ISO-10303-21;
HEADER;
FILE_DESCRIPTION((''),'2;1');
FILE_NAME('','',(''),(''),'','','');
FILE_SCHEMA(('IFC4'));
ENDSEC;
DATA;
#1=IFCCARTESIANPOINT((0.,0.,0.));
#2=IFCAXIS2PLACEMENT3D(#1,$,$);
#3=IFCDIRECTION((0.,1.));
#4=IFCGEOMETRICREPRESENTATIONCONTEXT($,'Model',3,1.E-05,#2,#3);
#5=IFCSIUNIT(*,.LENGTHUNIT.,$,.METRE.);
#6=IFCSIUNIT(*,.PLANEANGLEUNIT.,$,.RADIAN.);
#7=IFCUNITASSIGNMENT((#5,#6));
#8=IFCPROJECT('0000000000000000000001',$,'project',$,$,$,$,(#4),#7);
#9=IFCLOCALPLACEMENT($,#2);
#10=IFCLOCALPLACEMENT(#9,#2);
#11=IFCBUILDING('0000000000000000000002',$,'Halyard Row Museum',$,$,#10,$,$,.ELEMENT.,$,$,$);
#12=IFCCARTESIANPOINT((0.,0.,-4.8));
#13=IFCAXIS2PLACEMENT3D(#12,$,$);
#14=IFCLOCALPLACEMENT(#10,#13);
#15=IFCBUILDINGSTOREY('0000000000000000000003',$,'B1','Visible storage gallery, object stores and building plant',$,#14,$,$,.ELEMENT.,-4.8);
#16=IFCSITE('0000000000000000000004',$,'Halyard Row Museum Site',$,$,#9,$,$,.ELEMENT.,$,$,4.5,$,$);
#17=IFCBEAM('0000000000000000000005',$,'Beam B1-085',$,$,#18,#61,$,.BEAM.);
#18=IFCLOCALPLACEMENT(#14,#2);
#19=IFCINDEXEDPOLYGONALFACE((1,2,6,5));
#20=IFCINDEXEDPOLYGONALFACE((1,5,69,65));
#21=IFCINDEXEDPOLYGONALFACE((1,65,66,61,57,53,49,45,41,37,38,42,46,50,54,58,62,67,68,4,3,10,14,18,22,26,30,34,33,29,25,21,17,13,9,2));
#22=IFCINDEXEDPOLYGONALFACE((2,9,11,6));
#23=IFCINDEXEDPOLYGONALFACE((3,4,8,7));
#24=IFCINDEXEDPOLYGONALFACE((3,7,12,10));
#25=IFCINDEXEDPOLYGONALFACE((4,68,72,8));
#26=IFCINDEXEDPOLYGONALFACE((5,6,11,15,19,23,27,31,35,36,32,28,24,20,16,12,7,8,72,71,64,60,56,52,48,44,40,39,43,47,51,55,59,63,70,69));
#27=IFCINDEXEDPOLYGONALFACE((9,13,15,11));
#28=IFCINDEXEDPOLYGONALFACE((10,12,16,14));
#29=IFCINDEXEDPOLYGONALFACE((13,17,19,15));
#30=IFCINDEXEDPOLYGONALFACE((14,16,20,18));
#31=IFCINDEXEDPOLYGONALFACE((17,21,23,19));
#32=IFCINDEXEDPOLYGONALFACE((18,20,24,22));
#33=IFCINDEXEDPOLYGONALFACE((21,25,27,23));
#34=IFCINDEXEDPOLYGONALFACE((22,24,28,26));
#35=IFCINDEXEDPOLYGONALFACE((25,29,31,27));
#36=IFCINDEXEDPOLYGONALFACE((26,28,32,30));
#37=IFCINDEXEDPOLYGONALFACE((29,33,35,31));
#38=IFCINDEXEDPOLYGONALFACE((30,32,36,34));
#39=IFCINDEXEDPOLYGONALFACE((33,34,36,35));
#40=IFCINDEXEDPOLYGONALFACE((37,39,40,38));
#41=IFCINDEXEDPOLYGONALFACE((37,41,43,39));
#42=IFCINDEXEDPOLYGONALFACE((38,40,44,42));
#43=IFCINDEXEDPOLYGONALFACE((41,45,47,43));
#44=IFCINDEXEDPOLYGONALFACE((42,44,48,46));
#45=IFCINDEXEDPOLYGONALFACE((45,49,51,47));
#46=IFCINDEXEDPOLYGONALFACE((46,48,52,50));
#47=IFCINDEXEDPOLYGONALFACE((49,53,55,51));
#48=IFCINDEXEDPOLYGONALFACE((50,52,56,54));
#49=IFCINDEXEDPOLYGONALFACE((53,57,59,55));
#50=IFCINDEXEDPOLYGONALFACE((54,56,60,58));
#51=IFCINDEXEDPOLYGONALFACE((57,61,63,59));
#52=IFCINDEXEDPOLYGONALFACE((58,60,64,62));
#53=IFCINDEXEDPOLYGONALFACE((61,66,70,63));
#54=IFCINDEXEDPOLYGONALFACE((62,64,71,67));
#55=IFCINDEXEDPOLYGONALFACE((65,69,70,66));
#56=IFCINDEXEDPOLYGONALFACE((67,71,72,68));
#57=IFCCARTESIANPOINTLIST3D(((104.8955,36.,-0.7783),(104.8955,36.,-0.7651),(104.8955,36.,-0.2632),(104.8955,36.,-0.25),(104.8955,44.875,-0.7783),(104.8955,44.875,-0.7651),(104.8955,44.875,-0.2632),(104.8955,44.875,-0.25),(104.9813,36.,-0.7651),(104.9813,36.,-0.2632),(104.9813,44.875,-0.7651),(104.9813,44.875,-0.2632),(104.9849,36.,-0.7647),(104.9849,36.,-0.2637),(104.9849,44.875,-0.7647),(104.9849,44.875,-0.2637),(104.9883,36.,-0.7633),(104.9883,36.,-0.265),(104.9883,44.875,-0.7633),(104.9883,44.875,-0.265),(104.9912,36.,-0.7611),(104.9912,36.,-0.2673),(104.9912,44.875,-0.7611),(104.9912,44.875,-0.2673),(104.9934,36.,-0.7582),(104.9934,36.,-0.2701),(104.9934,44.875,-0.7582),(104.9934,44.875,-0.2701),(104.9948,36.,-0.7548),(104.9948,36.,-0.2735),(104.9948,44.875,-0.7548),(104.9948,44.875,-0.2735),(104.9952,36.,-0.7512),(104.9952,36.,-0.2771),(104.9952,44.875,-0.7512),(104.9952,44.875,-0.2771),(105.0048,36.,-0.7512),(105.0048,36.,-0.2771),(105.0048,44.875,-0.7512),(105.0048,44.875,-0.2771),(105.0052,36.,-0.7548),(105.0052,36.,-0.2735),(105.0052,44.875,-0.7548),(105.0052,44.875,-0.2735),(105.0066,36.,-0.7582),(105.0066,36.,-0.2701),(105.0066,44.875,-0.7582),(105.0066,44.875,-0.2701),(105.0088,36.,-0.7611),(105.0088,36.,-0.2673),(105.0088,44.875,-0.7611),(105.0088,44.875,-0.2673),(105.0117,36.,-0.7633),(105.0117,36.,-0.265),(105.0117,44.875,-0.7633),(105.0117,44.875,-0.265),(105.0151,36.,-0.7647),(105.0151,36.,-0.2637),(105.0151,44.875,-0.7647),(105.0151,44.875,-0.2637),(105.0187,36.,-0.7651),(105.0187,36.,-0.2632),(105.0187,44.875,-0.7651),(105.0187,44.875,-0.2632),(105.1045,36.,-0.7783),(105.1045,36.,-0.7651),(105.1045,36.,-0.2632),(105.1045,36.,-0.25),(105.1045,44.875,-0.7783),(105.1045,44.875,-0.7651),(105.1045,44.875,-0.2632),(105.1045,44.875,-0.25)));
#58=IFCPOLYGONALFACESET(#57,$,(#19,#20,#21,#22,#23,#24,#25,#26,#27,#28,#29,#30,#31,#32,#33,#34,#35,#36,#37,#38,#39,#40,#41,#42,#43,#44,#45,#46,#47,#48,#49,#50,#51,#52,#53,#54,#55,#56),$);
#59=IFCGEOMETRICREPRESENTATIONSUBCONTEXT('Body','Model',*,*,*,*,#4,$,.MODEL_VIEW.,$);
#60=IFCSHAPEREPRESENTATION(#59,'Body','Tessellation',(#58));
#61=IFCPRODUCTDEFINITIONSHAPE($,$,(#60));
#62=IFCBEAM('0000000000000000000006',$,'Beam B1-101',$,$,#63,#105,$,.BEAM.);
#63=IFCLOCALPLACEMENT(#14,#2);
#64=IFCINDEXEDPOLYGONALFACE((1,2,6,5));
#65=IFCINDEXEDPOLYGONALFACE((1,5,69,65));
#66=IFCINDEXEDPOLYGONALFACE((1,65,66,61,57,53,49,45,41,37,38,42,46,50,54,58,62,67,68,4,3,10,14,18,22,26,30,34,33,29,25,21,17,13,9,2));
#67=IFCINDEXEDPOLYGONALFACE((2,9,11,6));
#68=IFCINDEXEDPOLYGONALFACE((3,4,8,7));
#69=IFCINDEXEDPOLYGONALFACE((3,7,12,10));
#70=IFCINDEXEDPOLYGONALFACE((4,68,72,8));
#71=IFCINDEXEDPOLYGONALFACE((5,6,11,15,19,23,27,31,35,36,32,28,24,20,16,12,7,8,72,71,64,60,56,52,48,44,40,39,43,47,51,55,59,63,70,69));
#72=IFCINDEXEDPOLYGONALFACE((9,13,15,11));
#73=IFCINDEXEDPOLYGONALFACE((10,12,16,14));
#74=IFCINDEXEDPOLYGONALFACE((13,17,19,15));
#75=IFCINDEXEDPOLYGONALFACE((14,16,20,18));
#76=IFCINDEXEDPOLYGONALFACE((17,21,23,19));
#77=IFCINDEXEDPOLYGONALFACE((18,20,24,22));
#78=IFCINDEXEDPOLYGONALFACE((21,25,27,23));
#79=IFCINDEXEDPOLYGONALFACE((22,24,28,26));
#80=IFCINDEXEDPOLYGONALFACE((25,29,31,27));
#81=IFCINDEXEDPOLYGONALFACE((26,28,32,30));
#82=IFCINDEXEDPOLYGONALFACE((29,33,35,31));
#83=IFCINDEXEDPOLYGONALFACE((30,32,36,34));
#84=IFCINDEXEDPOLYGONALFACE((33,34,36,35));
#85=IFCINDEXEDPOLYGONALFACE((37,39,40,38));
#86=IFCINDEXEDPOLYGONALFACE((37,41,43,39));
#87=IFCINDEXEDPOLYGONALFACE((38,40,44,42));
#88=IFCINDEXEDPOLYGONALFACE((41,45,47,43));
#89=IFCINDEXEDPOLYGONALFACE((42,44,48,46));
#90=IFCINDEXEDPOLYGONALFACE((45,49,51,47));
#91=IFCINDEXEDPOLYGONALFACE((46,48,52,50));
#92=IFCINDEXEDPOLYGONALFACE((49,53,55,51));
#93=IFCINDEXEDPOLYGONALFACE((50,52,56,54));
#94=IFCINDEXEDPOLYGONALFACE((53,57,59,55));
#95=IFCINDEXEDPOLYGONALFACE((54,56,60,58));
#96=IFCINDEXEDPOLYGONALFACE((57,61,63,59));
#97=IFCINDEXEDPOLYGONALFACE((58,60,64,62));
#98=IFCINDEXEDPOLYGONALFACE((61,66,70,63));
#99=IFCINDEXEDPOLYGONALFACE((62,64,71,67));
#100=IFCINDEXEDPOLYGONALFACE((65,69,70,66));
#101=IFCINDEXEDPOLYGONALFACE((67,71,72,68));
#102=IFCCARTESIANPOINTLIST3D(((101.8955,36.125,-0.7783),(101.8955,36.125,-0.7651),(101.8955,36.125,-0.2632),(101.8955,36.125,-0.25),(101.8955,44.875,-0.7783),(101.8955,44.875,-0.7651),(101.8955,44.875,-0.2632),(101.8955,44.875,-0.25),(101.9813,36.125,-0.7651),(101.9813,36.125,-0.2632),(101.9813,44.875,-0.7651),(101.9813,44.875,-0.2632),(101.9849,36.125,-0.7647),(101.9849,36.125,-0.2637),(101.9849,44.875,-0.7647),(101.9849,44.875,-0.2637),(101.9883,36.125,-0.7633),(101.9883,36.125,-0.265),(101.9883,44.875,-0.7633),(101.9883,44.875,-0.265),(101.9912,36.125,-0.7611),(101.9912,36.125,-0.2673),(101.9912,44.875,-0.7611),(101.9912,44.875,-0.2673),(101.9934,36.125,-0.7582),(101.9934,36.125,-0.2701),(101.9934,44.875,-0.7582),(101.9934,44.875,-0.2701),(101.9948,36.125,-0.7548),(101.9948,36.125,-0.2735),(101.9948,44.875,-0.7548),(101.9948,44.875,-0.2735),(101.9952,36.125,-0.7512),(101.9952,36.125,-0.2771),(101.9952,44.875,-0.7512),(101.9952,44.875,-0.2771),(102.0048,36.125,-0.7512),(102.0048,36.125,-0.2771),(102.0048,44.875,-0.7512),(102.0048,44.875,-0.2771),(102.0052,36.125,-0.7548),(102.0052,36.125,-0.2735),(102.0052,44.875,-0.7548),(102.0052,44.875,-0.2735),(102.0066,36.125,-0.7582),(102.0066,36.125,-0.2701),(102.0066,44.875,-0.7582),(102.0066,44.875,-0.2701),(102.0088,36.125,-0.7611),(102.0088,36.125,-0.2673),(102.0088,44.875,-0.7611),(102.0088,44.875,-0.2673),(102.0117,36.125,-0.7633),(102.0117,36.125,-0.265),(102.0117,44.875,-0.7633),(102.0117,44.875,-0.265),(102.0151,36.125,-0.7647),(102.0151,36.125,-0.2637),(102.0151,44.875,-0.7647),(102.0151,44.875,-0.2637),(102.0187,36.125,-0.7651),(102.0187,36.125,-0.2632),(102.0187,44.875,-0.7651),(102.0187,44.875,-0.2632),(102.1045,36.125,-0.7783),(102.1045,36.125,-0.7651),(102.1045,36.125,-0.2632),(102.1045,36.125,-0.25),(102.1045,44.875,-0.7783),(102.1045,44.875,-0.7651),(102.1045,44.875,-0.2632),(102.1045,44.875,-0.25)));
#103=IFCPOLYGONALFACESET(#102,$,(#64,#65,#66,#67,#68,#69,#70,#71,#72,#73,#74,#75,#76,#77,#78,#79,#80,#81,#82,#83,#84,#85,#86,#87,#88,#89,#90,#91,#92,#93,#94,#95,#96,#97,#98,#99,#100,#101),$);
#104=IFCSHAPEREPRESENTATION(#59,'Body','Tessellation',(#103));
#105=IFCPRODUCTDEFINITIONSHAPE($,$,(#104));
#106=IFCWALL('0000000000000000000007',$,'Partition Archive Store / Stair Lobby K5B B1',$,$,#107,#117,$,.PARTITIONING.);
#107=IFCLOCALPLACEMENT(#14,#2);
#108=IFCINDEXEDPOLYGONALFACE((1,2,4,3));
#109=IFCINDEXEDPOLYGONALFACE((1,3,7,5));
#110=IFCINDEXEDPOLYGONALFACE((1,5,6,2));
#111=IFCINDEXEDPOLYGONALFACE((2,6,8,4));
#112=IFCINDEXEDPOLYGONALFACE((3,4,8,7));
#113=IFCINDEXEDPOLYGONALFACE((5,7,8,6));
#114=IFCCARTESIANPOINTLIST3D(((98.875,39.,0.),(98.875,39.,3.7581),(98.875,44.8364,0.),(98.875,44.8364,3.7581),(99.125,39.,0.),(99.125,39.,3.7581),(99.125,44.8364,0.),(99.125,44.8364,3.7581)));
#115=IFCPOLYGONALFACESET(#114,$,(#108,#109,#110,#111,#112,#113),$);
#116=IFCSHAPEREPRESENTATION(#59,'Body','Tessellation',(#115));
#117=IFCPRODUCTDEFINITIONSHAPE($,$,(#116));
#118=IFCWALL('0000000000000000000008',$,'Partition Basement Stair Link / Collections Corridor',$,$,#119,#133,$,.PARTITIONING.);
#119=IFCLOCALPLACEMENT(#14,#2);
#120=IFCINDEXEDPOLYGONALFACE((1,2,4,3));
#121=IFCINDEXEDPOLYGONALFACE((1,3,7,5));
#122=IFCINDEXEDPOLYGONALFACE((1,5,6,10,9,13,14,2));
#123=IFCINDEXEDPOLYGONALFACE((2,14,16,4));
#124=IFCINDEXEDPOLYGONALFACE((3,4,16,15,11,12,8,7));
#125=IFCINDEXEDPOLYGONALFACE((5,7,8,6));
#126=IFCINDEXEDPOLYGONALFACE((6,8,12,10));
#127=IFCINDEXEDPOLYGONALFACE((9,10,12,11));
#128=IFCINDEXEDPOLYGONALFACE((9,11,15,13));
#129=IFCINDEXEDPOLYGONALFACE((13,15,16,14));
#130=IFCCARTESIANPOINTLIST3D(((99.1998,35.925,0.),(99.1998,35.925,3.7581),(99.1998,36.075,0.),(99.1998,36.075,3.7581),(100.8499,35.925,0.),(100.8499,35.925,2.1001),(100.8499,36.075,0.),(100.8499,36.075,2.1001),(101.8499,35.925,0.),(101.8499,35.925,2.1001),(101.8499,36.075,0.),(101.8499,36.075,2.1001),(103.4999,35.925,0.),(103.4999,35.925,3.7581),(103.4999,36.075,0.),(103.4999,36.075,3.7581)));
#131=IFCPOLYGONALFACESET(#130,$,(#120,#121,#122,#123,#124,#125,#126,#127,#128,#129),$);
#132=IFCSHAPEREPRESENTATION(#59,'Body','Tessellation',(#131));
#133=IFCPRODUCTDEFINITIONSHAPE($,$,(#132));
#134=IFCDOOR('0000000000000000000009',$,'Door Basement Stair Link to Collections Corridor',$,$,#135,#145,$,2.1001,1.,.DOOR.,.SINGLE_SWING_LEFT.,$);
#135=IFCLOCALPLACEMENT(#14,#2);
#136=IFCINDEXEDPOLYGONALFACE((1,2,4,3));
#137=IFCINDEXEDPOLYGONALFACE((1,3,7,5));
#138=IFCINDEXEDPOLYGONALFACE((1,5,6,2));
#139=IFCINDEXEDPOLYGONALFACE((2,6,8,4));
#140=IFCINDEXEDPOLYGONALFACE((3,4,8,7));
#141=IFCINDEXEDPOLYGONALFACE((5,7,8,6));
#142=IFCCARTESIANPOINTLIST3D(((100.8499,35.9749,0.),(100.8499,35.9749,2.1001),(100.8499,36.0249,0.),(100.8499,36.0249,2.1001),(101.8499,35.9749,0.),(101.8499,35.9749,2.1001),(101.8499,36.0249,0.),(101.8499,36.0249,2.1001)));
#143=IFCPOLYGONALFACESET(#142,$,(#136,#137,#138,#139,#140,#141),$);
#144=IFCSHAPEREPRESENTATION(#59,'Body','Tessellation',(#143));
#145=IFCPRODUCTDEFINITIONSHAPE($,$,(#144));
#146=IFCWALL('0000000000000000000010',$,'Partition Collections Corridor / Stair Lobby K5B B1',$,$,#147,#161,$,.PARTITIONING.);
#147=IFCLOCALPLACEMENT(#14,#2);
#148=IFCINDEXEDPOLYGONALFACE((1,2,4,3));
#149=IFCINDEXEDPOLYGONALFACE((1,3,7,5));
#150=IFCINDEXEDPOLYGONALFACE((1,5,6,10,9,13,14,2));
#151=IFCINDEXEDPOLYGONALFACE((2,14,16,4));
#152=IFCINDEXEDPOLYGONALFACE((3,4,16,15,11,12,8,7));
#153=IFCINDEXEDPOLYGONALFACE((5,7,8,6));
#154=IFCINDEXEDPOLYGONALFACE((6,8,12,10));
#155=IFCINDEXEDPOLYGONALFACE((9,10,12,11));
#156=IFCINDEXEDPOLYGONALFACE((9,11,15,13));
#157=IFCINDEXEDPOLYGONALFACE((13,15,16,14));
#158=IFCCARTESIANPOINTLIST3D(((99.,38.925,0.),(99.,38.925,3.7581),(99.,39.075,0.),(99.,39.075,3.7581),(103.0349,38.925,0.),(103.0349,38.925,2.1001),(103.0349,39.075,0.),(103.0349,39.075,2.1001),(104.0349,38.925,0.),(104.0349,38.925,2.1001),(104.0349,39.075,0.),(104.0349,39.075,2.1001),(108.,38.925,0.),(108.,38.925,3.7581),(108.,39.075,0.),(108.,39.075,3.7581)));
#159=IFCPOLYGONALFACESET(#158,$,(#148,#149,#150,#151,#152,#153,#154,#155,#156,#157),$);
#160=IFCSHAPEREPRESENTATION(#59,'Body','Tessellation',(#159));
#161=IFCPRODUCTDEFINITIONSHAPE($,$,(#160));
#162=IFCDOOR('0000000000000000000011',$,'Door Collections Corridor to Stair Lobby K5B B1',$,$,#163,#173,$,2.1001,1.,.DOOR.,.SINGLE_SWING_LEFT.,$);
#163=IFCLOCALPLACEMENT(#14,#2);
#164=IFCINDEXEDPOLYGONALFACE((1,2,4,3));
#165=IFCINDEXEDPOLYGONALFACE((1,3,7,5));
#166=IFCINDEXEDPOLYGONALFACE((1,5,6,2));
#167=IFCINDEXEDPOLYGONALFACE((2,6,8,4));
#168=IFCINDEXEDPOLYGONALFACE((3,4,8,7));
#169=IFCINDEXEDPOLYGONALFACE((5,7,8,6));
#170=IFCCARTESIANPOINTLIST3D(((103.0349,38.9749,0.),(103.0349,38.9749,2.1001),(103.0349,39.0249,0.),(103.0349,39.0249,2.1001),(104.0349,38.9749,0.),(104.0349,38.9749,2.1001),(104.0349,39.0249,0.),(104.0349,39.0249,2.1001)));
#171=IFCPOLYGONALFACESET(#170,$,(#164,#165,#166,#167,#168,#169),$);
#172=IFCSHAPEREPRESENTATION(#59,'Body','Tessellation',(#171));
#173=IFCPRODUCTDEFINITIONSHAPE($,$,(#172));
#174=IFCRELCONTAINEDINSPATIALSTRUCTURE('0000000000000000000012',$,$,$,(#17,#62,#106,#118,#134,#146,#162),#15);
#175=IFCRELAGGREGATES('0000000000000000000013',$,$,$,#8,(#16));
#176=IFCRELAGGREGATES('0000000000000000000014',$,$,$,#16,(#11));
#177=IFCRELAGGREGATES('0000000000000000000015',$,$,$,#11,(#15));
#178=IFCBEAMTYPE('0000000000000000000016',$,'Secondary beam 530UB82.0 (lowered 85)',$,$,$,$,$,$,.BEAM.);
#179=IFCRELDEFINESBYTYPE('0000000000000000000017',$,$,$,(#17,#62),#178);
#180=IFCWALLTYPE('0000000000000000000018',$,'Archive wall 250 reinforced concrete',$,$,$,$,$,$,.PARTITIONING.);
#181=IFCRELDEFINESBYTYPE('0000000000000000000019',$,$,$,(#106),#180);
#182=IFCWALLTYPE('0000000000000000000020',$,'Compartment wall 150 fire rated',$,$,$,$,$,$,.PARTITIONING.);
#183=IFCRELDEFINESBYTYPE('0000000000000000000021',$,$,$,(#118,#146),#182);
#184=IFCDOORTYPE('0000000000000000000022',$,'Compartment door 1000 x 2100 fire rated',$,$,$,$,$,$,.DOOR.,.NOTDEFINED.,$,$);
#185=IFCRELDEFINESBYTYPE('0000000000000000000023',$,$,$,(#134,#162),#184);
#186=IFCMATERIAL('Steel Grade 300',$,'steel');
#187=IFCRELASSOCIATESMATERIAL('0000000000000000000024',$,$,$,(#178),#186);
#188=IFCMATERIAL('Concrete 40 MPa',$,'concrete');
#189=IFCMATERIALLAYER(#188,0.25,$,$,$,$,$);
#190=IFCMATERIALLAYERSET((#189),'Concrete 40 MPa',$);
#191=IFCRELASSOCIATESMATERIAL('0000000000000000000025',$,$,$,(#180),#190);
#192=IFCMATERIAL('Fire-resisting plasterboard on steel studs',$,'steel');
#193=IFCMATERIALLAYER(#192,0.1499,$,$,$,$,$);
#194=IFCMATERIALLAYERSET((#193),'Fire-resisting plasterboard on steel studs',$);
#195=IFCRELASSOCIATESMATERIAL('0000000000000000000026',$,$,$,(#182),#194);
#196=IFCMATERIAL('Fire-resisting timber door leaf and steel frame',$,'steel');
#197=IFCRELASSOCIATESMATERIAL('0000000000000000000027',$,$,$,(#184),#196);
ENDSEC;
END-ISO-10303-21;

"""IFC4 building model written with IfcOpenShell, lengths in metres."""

from ifc_helpers import new_model, si_unit, direction, frame, frame_2d, origin, origin_2d, place, context, subcontext, project, spatial, rectangle, i_section, extrude, material, layer, layer_set, material_profile, profile_set, type_object, element, fill, save


model = new_model("IFC4")

# Units and contexts
model_context = context("Model", 3, precision=1e-05, world=origin(), true_north=direction((0.0, 1.0)))
body_context = subcontext(model_context, "Body", "Model", "MODEL_VIEW")
ifc_project = project(units=[si_unit("LENGTHUNIT", "METRE"), si_unit("PLANEANGLEUNIT", "RADIAN")], contexts=[model_context])

# Site, building, storey
site_placement = place(None, origin())
site = spatial("IfcSite", under=ifc_project, at=site_placement, Name="Halyard Row Museum Site", CompositionType="ELEMENT", RefElevation=4.5)
building_placement = place(site_placement, origin())
building = spatial("IfcBuilding", under=site, at=building_placement, Name="Halyard Row Museum", CompositionType="ELEMENT")
storey_placement = place(building_placement, frame((0.0, 0.0, -4.8)))
storey = spatial("IfcBuildingStorey", under=building, at=storey_placement, Name="B1", Description="Visible storage gallery, object stores and building plant", CompositionType="ELEMENT", Elevation=-4.8)

# Beams
ifc_material_1 = material(Name="Steel Grade 300", Category="steel")
ifc_material_profile_1 = material_profile(ifc_material_1, i_section(OverallWidth=0.209, OverallDepth=0.5283, WebThickness=0.0095, FlangeThickness=0.0132, FilletRadius=0.0139, at=origin_2d()), Name="530UB82.0")
ifc_profile_set_1 = profile_set([ifc_material_profile_1], Name="Steel Grade 300")
beam_type_1 = type_object("IfcBeamType", Name="Secondary beam 530UB82.0 (lowered 85)", PredefinedType="BEAM", material=ifc_profile_set_1)
beam_1_placement = place(storey_placement, frame((105.0, 36.0, -0.5142), z_axis=(0.0, 1.0, 0.0), x_axis=(-1.0, 0.0, 0.0)))
element("IfcBeam", 1, at=beam_1_placement, inside=storey, type_object=beam_type_1, Name="Beam B1-085", PredefinedType="BEAM", context=body_context, shape_type="SweptSolid", body=[
    extrude(i_section(OverallWidth=0.209, OverallDepth=0.5283, WebThickness=0.0095, FlangeThickness=0.0132, FilletRadius=0.0139, at=origin_2d()), origin(), (0.0, 0.0, 1.0), 8.875),
])
beam_2_placement = place(storey_placement, frame((102.0, 36.125, -0.5142), z_axis=(0.0, 1.0, 0.0), x_axis=(-1.0, 0.0, 0.0)))
element("IfcBeam", 2, at=beam_2_placement, inside=storey, type_object=beam_type_1, Name="Beam B1-101", PredefinedType="BEAM", context=body_context, shape_type="SweptSolid", body=[
    extrude(i_section(OverallWidth=0.209, OverallDepth=0.5283, WebThickness=0.0095, FlangeThickness=0.0132, FilletRadius=0.0139, at=origin_2d()), origin(), (0.0, 0.0, 1.0), 8.75),
])

# Wall
ifc_material_2 = material(Name="Concrete 40 MPa", Category="concrete")
ifc_layer_1 = layer(ifc_material_2, 0.25)
ifc_layer_set_1 = layer_set([ifc_layer_1], Name="Concrete 40 MPa")
wall_type_1 = type_object("IfcWallType", Name="Archive wall 250 reinforced concrete", PredefinedType="PARTITIONING", material=ifc_layer_set_1)
wall_1_placement = place(storey_placement, frame((99.0, 39.0, 0.0), z_axis=(0.0, 0.0, 1.0), x_axis=(0.0, 1.0, 0.0)))
element("IfcWall", 3, at=wall_1_placement, inside=storey, type_object=wall_type_1, Name="Partition Archive Store / Stair Lobby K5B B1", PredefinedType="PARTITIONING", context=body_context, shape_type="SweptSolid", body=[
    extrude(rectangle(XDim=5.8364, YDim=0.25, at=frame_2d((2.9182, 0.0))), origin(), (0.0, 0.0, 1.0), 3.7581),
])

# Walls, openings, doors
ifc_material_3 = material(Name="Fire-resisting plasterboard on steel studs", Category="steel")
ifc_layer_2 = layer(ifc_material_3, 0.1499)
ifc_layer_set_2 = layer_set([ifc_layer_2], Name="Fire-resisting plasterboard on steel studs")
wall_type_2 = type_object("IfcWallType", Name="Compartment wall 150 fire rated", PredefinedType="PARTITIONING", material=ifc_layer_set_2)
wall_2_placement = place(storey_placement, frame((99.2, 36.0, 0.0), z_axis=(0.0, 0.0, 1.0), x_axis=(1.0, 0.0, 0.0)))
wall_2 = element("IfcWall", 4, at=wall_2_placement, inside=storey, type_object=wall_type_2, Name="Partition Basement Stair Link / Collections Corridor", PredefinedType="PARTITIONING", context=body_context, shape_type="SweptSolid", body=[
    extrude(rectangle(XDim=4.3, YDim=0.1499, at=frame_2d((2.1499, 0.0))), origin(), (0.0, 0.0, 1.0), 3.7581),
])
opening_1_placement = place(wall_2_placement, frame((1.6499, 0.0, 0.0)))
opening_1 = element("IfcOpeningElement", 5, at=opening_1_placement, cuts=wall_2, PredefinedType="OPENING", context=body_context, shape_type="SweptSolid", body=[
    extrude(rectangle(XDim=1.0, YDim=2.1001, at=frame_2d((0.5, 1.05))), frame((0.0, 0.085, 0.0), z_axis=(0.0, -1.0, 0.0), x_axis=(1.0, 0.0, 0.0)), (0.0, 0.0, 1.0), 0.1699),
])
ifc_material_4 = material(Name="Fire-resisting timber door leaf and steel frame", Category="steel")
door_type_1 = type_object("IfcDoorType", Name="Compartment door 1000 x 2100 fire rated", OperationType="NOTDEFINED", PredefinedType="DOOR", material=ifc_material_4)
door_1_placement = place(opening_1_placement, origin())
door_1 = element("IfcDoor", 6, at=door_1_placement, inside=storey, type_object=door_type_1, Name="Door Basement Stair Link to Collections Corridor", OperationType="SINGLE_SWING_LEFT", OverallHeight=2.1001, OverallWidth=1.0, PredefinedType="DOOR", context=body_context, shape_type="SweptSolid", body=[
    extrude(rectangle(XDim=1.0, YDim=2.1001, at=frame_2d((0.5, 1.05))), frame((0.0, 0.0249, 0.0), z_axis=(0.0, -1.0, 0.0), x_axis=(1.0, 0.0, 0.0)), (0.0, 0.0, 1.0), 0.05),
])
fill(opening_1, door_1)
wall_3_placement = place(storey_placement, frame((99.0, 39.0, 0.0), z_axis=(0.0, 0.0, 1.0), x_axis=(1.0, 0.0, 0.0)))
wall_3 = element("IfcWall", 7, at=wall_3_placement, inside=storey, type_object=wall_type_2, Name="Partition Collections Corridor / Stair Lobby K5B B1", PredefinedType="PARTITIONING", context=body_context, shape_type="SweptSolid", body=[
    extrude(rectangle(XDim=9.0, YDim=0.1499, at=frame_2d((4.5, 0.0))), origin(), (0.0, 0.0, 1.0), 3.7581),
])
opening_2_placement = place(wall_3_placement, frame((4.0349, 0.0, 0.0)))
opening_2 = element("IfcOpeningElement", 8, at=opening_2_placement, cuts=wall_3, PredefinedType="OPENING", context=body_context, shape_type="SweptSolid", body=[
    extrude(rectangle(XDim=1.0, YDim=2.1001, at=frame_2d((0.5, 1.05))), frame((0.0, 0.085, 0.0), z_axis=(0.0, -1.0, 0.0), x_axis=(1.0, 0.0, 0.0)), (0.0, 0.0, 1.0), 0.1699),
])
door_2_placement = place(opening_2_placement, origin())
door_2 = element("IfcDoor", 9, at=door_2_placement, inside=storey, type_object=door_type_1, Name="Door Collections Corridor to Stair Lobby K5B B1", OperationType="SINGLE_SWING_LEFT", OverallHeight=2.1001, OverallWidth=1.0, PredefinedType="DOOR", context=body_context, shape_type="SweptSolid", body=[
    extrude(rectangle(XDim=1.0, YDim=2.1001, at=frame_2d((0.5, 1.05))), frame((0.0, 0.0249, 0.0), z_axis=(0.0, -1.0, 0.0), x_axis=(1.0, 0.0, 0.0)), (0.0, 0.0, 1.0), 0.05),
])
fill(opening_2, door_2)

save(model, "model.ifc")
